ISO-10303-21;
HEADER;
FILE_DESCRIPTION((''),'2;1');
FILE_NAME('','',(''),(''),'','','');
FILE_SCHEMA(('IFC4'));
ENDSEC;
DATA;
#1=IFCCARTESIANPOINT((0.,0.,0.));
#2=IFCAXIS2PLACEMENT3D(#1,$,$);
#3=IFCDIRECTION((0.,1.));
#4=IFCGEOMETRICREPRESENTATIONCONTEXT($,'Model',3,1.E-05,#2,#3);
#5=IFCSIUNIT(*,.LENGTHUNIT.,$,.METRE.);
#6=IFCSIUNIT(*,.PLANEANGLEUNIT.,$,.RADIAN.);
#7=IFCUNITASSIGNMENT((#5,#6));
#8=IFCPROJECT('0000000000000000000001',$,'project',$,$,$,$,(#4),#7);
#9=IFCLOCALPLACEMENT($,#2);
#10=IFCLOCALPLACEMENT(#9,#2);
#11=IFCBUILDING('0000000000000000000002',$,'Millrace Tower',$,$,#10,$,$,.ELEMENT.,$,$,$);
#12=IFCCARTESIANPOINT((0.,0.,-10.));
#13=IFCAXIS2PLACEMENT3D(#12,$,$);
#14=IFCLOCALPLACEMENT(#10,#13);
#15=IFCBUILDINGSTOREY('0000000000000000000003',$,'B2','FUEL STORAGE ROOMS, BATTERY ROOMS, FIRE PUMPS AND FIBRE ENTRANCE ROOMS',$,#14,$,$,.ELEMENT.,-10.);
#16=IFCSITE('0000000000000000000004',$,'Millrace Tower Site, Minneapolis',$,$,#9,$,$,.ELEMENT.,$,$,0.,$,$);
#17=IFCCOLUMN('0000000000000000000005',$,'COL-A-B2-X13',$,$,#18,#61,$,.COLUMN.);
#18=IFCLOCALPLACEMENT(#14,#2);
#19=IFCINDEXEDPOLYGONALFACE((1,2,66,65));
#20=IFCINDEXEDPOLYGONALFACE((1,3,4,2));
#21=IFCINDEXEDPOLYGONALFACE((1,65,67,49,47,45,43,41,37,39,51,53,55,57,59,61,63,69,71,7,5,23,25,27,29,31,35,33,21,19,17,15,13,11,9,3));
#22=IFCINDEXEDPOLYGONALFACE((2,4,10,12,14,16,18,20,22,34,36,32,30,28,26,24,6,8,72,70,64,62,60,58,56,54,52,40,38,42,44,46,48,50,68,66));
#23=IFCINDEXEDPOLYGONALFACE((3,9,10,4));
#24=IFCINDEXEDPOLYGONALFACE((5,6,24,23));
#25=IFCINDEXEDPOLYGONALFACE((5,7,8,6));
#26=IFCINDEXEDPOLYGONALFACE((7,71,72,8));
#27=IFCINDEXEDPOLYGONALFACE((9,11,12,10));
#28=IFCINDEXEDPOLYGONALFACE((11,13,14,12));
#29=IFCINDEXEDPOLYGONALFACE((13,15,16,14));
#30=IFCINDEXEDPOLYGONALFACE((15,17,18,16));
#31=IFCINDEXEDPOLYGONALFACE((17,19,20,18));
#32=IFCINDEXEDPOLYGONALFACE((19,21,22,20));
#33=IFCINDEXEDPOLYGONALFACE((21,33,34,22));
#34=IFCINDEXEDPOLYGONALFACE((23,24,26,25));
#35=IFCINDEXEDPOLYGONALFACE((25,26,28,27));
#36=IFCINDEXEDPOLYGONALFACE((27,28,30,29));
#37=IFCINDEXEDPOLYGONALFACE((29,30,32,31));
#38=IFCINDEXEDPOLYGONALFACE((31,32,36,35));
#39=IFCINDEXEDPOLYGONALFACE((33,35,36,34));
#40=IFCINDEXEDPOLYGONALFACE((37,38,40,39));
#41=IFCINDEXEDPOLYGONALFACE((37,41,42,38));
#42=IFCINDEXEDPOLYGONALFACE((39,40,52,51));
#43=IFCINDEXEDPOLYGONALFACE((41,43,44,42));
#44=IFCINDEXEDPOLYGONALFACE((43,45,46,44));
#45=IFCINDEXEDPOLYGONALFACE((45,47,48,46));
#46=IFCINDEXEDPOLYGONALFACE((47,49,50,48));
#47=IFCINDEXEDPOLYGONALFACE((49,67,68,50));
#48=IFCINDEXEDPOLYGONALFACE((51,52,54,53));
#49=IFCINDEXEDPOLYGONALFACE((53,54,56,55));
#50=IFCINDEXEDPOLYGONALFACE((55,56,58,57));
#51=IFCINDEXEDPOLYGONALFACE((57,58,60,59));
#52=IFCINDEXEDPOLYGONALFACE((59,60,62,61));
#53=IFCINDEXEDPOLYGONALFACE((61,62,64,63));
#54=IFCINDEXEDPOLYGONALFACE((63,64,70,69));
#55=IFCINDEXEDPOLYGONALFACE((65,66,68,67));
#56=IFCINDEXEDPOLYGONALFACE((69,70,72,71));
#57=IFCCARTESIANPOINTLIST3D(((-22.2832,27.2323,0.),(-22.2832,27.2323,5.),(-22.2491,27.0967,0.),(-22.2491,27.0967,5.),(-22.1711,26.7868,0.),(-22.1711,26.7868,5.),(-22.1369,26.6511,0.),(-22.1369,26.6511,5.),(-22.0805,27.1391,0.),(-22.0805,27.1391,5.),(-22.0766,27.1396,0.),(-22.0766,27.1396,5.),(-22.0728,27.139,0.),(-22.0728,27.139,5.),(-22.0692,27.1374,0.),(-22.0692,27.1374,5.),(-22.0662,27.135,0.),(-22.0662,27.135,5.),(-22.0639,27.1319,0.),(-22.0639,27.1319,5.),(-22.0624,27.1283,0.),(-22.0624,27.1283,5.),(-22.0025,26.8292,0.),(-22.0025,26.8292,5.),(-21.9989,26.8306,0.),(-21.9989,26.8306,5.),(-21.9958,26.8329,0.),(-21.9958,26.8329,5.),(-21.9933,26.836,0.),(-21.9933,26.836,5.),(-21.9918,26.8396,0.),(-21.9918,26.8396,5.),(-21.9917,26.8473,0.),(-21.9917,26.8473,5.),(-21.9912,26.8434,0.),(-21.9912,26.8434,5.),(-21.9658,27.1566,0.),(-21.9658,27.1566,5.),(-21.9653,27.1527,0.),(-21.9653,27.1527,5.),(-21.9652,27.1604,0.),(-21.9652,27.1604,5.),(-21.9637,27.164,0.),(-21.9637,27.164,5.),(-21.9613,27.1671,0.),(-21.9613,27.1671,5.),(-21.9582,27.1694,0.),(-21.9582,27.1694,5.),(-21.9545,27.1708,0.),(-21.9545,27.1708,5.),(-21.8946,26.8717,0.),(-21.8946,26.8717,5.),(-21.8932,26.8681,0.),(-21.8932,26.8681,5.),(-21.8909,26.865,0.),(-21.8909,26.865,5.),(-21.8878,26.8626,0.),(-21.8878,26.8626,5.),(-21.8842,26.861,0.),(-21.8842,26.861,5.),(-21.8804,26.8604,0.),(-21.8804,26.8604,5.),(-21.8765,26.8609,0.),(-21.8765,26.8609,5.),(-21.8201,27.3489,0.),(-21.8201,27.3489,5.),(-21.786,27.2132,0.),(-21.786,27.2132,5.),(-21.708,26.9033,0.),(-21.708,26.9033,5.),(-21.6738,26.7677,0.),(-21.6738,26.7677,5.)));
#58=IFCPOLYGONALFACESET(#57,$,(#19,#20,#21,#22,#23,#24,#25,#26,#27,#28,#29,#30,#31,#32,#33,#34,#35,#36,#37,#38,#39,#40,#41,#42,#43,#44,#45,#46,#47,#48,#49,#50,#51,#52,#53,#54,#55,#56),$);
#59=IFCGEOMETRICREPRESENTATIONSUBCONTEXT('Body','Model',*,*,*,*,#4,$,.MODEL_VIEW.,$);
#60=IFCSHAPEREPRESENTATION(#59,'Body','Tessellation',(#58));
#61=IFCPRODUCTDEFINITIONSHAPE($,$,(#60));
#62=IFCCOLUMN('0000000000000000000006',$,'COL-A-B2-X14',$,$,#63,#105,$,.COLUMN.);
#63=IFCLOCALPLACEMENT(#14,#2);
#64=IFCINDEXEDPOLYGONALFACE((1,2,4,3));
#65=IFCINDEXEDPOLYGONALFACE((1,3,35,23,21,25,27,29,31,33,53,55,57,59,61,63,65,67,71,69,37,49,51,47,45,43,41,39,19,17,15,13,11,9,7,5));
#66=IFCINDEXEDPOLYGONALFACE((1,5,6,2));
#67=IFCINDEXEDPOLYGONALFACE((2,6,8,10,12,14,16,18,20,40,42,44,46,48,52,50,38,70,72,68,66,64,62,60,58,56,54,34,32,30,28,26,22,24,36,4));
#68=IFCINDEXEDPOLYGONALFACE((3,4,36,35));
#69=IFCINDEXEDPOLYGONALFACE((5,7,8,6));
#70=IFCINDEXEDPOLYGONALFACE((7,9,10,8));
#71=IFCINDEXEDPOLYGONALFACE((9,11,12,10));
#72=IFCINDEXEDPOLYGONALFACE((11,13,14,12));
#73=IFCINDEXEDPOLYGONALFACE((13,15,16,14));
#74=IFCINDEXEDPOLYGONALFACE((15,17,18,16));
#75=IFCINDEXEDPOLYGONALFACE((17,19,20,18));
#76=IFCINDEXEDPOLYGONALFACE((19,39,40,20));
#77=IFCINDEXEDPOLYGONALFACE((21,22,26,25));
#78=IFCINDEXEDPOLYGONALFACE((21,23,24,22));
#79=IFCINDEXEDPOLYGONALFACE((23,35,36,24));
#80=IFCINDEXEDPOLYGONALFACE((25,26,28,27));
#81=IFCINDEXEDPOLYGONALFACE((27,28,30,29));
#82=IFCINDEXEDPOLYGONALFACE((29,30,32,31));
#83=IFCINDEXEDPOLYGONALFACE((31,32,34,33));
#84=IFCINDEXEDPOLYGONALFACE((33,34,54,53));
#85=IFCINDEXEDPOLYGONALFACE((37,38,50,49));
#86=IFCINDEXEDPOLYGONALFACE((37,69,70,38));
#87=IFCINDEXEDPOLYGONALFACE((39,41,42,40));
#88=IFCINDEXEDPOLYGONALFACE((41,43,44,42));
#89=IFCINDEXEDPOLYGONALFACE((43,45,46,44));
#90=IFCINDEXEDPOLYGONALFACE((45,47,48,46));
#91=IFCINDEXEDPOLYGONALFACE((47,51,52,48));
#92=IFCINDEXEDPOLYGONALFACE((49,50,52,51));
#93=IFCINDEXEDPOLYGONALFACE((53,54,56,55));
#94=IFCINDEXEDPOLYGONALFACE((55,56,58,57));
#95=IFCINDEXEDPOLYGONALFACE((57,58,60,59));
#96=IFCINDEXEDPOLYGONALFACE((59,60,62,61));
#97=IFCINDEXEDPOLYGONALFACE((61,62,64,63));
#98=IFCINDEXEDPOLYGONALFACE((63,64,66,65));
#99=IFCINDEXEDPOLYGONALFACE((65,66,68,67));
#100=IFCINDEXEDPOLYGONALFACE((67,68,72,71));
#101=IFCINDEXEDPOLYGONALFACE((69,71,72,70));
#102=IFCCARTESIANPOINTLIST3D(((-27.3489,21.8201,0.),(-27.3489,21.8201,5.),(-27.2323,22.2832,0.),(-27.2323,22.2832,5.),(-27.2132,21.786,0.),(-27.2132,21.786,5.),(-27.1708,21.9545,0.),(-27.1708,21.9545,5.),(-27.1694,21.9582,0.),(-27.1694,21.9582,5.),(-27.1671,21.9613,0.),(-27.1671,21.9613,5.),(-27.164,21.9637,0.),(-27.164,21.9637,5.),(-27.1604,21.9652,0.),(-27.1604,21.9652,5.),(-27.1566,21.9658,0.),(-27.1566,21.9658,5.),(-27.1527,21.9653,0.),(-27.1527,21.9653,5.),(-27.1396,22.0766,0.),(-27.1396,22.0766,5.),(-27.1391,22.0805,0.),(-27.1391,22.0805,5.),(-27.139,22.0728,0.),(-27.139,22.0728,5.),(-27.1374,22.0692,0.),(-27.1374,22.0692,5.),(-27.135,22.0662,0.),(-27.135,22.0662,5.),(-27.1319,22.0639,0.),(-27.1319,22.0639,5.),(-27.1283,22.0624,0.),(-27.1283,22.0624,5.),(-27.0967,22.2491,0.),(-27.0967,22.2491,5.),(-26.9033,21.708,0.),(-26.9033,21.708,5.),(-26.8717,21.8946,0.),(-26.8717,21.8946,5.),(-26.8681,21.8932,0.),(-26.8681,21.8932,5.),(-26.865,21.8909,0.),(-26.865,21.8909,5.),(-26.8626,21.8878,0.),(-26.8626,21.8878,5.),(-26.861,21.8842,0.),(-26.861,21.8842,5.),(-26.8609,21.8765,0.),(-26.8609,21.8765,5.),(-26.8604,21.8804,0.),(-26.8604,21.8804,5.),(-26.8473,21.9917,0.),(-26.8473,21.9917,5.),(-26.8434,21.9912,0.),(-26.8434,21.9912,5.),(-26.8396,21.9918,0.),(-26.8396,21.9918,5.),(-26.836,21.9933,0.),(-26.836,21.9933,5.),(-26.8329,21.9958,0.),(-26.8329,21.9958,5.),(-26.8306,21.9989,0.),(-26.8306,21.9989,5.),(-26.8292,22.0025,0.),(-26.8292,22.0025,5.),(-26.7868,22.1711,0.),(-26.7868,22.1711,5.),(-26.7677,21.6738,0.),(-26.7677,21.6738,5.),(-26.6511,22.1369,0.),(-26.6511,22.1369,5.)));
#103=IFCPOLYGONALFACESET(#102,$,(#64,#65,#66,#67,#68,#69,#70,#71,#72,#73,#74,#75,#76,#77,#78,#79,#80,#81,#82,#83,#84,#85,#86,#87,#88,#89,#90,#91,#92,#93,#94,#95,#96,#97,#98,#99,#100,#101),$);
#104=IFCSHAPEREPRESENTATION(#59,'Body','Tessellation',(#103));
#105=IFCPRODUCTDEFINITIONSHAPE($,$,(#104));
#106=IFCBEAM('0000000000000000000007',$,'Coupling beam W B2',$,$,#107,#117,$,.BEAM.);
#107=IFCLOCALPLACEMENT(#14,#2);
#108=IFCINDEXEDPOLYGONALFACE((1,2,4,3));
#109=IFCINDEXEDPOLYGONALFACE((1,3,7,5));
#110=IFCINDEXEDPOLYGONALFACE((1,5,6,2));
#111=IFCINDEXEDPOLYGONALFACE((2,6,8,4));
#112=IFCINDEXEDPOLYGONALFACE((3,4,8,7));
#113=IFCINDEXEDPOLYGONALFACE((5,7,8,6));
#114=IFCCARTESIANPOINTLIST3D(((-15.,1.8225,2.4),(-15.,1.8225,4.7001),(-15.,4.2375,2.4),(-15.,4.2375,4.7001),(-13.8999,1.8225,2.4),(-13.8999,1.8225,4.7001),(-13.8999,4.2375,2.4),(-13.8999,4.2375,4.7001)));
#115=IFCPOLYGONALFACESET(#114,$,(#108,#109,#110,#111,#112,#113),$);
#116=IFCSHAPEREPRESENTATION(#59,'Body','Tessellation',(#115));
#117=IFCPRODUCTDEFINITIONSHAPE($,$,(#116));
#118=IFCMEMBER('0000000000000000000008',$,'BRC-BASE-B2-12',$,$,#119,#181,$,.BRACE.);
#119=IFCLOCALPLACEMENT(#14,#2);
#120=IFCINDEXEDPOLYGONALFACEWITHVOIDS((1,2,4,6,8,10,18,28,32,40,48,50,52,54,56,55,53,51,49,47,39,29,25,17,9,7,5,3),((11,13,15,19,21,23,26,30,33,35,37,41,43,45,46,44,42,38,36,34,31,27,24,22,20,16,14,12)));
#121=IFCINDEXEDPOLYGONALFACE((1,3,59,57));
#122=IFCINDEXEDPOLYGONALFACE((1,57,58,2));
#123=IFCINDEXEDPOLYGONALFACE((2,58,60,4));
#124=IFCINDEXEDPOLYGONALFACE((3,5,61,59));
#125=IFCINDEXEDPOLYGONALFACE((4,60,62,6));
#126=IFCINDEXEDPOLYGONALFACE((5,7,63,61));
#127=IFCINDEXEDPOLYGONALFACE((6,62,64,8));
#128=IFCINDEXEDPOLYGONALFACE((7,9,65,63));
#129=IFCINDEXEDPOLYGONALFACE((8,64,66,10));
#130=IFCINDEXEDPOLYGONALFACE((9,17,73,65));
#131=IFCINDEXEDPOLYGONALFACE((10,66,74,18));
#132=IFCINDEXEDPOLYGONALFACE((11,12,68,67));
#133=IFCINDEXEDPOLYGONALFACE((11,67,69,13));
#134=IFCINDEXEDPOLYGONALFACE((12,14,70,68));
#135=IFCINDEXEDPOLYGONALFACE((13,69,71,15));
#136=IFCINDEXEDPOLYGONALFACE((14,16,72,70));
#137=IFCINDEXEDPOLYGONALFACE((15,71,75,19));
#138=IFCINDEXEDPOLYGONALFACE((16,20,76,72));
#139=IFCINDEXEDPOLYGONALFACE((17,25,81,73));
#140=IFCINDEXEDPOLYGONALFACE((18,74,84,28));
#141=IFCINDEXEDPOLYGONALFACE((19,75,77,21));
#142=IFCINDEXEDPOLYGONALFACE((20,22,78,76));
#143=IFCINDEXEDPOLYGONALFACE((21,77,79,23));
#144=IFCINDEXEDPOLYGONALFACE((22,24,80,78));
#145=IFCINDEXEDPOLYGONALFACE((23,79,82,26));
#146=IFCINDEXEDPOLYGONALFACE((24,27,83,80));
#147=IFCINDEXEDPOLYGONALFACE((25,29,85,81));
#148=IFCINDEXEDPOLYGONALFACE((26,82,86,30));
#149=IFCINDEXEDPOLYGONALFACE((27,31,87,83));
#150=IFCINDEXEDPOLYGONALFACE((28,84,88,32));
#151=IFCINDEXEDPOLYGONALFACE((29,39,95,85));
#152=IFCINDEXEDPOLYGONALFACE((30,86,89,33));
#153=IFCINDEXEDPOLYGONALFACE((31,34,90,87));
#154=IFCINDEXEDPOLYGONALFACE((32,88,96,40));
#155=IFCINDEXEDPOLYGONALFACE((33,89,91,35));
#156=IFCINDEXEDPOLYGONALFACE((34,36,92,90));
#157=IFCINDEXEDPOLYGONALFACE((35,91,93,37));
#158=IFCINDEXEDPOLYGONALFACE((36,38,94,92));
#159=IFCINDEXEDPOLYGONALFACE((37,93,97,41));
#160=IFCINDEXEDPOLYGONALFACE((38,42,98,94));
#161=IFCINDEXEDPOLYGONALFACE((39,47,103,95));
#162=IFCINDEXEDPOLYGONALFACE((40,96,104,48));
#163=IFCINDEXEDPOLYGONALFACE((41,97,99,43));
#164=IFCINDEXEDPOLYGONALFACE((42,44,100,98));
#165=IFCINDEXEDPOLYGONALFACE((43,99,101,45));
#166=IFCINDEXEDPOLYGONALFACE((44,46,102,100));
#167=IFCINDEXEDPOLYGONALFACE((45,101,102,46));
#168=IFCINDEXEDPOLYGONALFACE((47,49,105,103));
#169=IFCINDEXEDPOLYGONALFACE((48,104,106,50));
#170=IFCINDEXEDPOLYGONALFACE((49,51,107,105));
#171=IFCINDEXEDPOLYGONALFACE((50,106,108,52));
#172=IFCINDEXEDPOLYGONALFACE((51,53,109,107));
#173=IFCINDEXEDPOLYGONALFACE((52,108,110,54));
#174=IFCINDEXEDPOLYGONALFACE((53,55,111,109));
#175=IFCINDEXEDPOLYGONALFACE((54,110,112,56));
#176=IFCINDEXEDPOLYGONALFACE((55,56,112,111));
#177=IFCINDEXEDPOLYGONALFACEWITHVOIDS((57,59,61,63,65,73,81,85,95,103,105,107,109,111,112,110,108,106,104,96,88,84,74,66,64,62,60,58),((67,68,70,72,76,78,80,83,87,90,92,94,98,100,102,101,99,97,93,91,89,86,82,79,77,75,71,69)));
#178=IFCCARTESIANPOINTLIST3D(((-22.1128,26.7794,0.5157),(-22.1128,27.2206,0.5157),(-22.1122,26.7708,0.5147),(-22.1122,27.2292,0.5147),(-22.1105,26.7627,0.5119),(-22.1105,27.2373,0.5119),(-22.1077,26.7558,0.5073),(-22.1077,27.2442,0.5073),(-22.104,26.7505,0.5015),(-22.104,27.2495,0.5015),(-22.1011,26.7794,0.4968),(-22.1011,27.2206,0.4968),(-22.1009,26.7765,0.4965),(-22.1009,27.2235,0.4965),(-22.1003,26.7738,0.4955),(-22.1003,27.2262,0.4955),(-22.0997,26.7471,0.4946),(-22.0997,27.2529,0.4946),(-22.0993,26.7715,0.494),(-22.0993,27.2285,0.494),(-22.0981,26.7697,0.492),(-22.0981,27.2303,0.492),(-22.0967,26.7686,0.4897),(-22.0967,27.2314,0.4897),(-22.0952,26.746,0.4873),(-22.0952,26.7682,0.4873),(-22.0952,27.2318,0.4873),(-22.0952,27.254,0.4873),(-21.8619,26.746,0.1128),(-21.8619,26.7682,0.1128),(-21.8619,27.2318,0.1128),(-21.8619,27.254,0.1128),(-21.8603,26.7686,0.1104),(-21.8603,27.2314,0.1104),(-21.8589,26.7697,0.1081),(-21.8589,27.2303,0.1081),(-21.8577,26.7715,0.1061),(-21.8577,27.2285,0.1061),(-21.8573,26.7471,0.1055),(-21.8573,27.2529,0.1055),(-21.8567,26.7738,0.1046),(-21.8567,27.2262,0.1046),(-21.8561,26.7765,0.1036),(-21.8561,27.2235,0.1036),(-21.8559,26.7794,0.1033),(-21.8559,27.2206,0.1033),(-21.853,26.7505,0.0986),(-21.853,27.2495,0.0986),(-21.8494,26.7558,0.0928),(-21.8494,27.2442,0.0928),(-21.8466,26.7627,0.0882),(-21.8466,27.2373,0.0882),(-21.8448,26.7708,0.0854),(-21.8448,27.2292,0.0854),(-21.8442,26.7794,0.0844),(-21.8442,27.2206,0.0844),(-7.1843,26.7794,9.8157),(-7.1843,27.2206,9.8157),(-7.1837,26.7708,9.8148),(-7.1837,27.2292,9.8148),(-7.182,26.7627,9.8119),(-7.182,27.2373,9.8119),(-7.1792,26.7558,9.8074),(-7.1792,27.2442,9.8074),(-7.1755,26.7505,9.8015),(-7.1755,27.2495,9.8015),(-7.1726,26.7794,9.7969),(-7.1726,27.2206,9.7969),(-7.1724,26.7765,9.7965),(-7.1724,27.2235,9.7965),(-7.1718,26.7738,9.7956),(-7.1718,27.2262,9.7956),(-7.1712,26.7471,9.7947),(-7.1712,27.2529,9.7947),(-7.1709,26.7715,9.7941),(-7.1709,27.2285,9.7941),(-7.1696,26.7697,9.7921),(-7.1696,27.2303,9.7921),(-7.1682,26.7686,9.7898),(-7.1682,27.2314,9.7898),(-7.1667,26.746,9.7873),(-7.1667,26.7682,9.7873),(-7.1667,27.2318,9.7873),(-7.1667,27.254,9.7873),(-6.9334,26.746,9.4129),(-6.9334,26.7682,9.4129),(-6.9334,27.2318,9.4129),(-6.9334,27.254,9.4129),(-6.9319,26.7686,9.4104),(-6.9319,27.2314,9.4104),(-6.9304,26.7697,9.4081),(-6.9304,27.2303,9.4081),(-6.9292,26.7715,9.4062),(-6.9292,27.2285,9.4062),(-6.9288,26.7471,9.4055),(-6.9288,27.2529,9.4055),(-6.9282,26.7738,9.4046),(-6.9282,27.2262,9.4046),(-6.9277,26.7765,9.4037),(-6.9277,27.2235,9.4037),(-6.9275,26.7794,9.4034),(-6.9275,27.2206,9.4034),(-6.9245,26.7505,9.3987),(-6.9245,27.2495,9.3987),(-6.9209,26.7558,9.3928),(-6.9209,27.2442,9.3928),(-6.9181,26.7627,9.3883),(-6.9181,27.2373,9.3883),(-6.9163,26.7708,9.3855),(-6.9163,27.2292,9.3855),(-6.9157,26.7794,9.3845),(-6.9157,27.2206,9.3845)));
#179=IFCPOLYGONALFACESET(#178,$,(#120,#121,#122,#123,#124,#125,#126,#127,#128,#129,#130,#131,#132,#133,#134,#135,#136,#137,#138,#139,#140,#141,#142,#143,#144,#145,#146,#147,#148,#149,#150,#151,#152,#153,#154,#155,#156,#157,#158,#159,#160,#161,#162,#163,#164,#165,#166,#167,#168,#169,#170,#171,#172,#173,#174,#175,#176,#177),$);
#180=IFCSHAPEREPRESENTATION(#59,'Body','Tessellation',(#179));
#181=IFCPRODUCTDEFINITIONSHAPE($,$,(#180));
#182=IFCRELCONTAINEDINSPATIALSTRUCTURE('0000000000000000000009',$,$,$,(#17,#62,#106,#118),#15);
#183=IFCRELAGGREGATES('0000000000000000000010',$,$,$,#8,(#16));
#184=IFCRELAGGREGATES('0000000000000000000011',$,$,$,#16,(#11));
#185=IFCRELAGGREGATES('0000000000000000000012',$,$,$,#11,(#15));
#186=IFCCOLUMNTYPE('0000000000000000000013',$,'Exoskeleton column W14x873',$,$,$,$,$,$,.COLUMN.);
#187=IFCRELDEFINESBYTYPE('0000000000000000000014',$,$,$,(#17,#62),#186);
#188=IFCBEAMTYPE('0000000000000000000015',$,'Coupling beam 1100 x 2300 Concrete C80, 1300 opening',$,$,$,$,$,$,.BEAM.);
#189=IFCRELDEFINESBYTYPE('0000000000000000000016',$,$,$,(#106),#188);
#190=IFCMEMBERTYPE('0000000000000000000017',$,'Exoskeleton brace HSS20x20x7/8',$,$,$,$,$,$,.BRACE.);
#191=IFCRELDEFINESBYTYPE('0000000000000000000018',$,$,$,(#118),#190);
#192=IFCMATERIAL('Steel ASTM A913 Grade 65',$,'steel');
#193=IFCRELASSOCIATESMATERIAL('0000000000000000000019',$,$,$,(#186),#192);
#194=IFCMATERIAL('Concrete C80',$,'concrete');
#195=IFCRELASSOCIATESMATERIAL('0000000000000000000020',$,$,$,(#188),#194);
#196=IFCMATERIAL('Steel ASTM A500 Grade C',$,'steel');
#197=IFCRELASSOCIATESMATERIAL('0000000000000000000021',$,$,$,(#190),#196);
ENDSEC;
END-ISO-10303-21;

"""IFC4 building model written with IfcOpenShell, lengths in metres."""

from ifc_helpers import new_model, si_unit, direction, frame, origin, origin_2d, place, context, subcontext, project, spatial, rectangle, hollow_rectangle, i_section, extrude, material, material_profile, profile_set, type_object, element, save


model = new_model("IFC4")

# Units and contexts
model_context = context("Model", 3, precision=1e-05, world=origin(), true_north=direction((0.0, 1.0)))
body_context = subcontext(model_context, "Body", "Model", "MODEL_VIEW")
ifc_project = project(units=[si_unit("LENGTHUNIT", "METRE"), si_unit("PLANEANGLEUNIT", "RADIAN")], contexts=[model_context])

# Site, building, storey
site_placement = place(None, origin())
site = spatial("IfcSite", under=ifc_project, at=site_placement, Name="Millrace Tower Site, Minneapolis", CompositionType="ELEMENT", RefElevation=0.0)
building_placement = place(site_placement, origin())
building = spatial("IfcBuilding", under=site, at=building_placement, Name="Millrace Tower", CompositionType="ELEMENT")
storey_placement = place(building_placement, frame((0.0, 0.0, -10.0)))
storey = spatial("IfcBuildingStorey", under=building, at=storey_placement, Name="B2", Description="FUEL STORAGE ROOMS, BATTERY ROOMS, FIRE PUMPS AND FIBRE ENTRANCE ROOMS", CompositionType="ELEMENT", Elevation=-10.0)

# Columns
ifc_material_1 = material(Name="Steel ASTM A913 Grade 65", Category="steel")
ifc_material_profile_1 = material_profile(ifc_material_1, i_section(OverallWidth=0.4775, OverallDepth=0.5994, WebThickness=0.1001, FlangeThickness=0.1399, FilletRadius=0.0149, at=origin_2d()))
ifc_profile_set_1 = profile_set([ifc_material_profile_1], Name="Steel ASTM A913 Grade 65")
column_type_1 = type_object("IfcColumnType", Name="Exoskeleton column W14x873", PredefinedType="COLUMN", material=ifc_profile_set_1)
for number, where, z_axis, x_axis, name in (
    (1, (-21.9785, 27.0, 0.0), (0.0, 0.0, 1.0), (-0.969752, -0.244094, 0.0), "COL-A-B2-X13"),
    (2, (-27.0, 21.9785, 0.0), (0.0, 0.0, 1.0), (-0.244094, -0.969752, 0.0), "COL-A-B2-X14"),
):
    element("IfcColumn", number, at=place(storey_placement, frame(where, z_axis=z_axis, x_axis=x_axis)), inside=storey, type_object=column_type_1, Name=name, PredefinedType="COLUMN", context=body_context, shape_type="SweptSolid", body=[
        extrude(i_section(OverallWidth=0.4775, OverallDepth=0.5994, WebThickness=0.1001, FlangeThickness=0.1399, FilletRadius=0.0149, at=origin_2d()), origin(), (0.0, 0.0, 1.0), 5.0),
    ])

# Beam
ifc_material_2 = material(Name="Concrete C80", Category="concrete")
ifc_material_profile_2 = material_profile(ifc_material_2, rectangle(XDim=1.1001, YDim=2.3, at=origin_2d()))
ifc_profile_set_2 = profile_set([ifc_material_profile_2], Name="Concrete C80")
beam_type = type_object("IfcBeamType", Name="Coupling beam 1100 x 2300 Concrete C80, 1300 opening", PredefinedType="BEAM", material=ifc_profile_set_2)
beam_placement = place(storey_placement, frame((-14.45, 1.8225, 3.55), z_axis=(0.0, 1.0, 0.0), x_axis=(-1.0, 0.0, 0.0)))
element("IfcBeam", 3, at=beam_placement, inside=storey, type_object=beam_type, Name="Coupling beam W B2", PredefinedType="BEAM", context=body_context, shape_type="SweptSolid", body=[
    extrude(rectangle(XDim=1.1001, YDim=2.3, at=origin_2d()), origin(), (0.0, 0.0, 1.0), 2.415),
])

# Member
ifc_material_3 = material(Name="Steel ASTM A500 Grade C", Category="steel")
ifc_material_profile_3 = material_profile(ifc_material_3, hollow_rectangle(XDim=0.5081, YDim=0.5081, WallThickness=0.0222, InnerFilletRadius=0.0112, OuterFilletRadius=0.0334, at=origin_2d()))
ifc_profile_set_3 = profile_set([ifc_material_profile_3], Name="Steel ASTM A500 Grade C")
member_type = type_object("IfcMemberType", Name="Exoskeleton brace HSS20x20x7/8", PredefinedType="BRACE", material=ifc_profile_set_3)
member_1_placement = place(storey_placement, frame((-21.9785, 27.0, 0.3), z_axis=(0.84877, 0.0, 0.528762), x_axis=(0.0, 1.0, 0.0)))
element("IfcMember", 4, at=member_1_placement, inside=storey, type_object=member_type, Name="BRC-BASE-B2-12", PredefinedType="BRACE", context=body_context, shape_type="SweptSolid", body=[
    extrude(hollow_rectangle(XDim=0.5081, YDim=0.5081, WallThickness=0.0222, InnerFilletRadius=0.0112, OuterFilletRadius=0.0334, at=origin_2d()), origin(), (0.0, 0.0, 1.0), 17.5884),
])

save(model, "model.ifc")
